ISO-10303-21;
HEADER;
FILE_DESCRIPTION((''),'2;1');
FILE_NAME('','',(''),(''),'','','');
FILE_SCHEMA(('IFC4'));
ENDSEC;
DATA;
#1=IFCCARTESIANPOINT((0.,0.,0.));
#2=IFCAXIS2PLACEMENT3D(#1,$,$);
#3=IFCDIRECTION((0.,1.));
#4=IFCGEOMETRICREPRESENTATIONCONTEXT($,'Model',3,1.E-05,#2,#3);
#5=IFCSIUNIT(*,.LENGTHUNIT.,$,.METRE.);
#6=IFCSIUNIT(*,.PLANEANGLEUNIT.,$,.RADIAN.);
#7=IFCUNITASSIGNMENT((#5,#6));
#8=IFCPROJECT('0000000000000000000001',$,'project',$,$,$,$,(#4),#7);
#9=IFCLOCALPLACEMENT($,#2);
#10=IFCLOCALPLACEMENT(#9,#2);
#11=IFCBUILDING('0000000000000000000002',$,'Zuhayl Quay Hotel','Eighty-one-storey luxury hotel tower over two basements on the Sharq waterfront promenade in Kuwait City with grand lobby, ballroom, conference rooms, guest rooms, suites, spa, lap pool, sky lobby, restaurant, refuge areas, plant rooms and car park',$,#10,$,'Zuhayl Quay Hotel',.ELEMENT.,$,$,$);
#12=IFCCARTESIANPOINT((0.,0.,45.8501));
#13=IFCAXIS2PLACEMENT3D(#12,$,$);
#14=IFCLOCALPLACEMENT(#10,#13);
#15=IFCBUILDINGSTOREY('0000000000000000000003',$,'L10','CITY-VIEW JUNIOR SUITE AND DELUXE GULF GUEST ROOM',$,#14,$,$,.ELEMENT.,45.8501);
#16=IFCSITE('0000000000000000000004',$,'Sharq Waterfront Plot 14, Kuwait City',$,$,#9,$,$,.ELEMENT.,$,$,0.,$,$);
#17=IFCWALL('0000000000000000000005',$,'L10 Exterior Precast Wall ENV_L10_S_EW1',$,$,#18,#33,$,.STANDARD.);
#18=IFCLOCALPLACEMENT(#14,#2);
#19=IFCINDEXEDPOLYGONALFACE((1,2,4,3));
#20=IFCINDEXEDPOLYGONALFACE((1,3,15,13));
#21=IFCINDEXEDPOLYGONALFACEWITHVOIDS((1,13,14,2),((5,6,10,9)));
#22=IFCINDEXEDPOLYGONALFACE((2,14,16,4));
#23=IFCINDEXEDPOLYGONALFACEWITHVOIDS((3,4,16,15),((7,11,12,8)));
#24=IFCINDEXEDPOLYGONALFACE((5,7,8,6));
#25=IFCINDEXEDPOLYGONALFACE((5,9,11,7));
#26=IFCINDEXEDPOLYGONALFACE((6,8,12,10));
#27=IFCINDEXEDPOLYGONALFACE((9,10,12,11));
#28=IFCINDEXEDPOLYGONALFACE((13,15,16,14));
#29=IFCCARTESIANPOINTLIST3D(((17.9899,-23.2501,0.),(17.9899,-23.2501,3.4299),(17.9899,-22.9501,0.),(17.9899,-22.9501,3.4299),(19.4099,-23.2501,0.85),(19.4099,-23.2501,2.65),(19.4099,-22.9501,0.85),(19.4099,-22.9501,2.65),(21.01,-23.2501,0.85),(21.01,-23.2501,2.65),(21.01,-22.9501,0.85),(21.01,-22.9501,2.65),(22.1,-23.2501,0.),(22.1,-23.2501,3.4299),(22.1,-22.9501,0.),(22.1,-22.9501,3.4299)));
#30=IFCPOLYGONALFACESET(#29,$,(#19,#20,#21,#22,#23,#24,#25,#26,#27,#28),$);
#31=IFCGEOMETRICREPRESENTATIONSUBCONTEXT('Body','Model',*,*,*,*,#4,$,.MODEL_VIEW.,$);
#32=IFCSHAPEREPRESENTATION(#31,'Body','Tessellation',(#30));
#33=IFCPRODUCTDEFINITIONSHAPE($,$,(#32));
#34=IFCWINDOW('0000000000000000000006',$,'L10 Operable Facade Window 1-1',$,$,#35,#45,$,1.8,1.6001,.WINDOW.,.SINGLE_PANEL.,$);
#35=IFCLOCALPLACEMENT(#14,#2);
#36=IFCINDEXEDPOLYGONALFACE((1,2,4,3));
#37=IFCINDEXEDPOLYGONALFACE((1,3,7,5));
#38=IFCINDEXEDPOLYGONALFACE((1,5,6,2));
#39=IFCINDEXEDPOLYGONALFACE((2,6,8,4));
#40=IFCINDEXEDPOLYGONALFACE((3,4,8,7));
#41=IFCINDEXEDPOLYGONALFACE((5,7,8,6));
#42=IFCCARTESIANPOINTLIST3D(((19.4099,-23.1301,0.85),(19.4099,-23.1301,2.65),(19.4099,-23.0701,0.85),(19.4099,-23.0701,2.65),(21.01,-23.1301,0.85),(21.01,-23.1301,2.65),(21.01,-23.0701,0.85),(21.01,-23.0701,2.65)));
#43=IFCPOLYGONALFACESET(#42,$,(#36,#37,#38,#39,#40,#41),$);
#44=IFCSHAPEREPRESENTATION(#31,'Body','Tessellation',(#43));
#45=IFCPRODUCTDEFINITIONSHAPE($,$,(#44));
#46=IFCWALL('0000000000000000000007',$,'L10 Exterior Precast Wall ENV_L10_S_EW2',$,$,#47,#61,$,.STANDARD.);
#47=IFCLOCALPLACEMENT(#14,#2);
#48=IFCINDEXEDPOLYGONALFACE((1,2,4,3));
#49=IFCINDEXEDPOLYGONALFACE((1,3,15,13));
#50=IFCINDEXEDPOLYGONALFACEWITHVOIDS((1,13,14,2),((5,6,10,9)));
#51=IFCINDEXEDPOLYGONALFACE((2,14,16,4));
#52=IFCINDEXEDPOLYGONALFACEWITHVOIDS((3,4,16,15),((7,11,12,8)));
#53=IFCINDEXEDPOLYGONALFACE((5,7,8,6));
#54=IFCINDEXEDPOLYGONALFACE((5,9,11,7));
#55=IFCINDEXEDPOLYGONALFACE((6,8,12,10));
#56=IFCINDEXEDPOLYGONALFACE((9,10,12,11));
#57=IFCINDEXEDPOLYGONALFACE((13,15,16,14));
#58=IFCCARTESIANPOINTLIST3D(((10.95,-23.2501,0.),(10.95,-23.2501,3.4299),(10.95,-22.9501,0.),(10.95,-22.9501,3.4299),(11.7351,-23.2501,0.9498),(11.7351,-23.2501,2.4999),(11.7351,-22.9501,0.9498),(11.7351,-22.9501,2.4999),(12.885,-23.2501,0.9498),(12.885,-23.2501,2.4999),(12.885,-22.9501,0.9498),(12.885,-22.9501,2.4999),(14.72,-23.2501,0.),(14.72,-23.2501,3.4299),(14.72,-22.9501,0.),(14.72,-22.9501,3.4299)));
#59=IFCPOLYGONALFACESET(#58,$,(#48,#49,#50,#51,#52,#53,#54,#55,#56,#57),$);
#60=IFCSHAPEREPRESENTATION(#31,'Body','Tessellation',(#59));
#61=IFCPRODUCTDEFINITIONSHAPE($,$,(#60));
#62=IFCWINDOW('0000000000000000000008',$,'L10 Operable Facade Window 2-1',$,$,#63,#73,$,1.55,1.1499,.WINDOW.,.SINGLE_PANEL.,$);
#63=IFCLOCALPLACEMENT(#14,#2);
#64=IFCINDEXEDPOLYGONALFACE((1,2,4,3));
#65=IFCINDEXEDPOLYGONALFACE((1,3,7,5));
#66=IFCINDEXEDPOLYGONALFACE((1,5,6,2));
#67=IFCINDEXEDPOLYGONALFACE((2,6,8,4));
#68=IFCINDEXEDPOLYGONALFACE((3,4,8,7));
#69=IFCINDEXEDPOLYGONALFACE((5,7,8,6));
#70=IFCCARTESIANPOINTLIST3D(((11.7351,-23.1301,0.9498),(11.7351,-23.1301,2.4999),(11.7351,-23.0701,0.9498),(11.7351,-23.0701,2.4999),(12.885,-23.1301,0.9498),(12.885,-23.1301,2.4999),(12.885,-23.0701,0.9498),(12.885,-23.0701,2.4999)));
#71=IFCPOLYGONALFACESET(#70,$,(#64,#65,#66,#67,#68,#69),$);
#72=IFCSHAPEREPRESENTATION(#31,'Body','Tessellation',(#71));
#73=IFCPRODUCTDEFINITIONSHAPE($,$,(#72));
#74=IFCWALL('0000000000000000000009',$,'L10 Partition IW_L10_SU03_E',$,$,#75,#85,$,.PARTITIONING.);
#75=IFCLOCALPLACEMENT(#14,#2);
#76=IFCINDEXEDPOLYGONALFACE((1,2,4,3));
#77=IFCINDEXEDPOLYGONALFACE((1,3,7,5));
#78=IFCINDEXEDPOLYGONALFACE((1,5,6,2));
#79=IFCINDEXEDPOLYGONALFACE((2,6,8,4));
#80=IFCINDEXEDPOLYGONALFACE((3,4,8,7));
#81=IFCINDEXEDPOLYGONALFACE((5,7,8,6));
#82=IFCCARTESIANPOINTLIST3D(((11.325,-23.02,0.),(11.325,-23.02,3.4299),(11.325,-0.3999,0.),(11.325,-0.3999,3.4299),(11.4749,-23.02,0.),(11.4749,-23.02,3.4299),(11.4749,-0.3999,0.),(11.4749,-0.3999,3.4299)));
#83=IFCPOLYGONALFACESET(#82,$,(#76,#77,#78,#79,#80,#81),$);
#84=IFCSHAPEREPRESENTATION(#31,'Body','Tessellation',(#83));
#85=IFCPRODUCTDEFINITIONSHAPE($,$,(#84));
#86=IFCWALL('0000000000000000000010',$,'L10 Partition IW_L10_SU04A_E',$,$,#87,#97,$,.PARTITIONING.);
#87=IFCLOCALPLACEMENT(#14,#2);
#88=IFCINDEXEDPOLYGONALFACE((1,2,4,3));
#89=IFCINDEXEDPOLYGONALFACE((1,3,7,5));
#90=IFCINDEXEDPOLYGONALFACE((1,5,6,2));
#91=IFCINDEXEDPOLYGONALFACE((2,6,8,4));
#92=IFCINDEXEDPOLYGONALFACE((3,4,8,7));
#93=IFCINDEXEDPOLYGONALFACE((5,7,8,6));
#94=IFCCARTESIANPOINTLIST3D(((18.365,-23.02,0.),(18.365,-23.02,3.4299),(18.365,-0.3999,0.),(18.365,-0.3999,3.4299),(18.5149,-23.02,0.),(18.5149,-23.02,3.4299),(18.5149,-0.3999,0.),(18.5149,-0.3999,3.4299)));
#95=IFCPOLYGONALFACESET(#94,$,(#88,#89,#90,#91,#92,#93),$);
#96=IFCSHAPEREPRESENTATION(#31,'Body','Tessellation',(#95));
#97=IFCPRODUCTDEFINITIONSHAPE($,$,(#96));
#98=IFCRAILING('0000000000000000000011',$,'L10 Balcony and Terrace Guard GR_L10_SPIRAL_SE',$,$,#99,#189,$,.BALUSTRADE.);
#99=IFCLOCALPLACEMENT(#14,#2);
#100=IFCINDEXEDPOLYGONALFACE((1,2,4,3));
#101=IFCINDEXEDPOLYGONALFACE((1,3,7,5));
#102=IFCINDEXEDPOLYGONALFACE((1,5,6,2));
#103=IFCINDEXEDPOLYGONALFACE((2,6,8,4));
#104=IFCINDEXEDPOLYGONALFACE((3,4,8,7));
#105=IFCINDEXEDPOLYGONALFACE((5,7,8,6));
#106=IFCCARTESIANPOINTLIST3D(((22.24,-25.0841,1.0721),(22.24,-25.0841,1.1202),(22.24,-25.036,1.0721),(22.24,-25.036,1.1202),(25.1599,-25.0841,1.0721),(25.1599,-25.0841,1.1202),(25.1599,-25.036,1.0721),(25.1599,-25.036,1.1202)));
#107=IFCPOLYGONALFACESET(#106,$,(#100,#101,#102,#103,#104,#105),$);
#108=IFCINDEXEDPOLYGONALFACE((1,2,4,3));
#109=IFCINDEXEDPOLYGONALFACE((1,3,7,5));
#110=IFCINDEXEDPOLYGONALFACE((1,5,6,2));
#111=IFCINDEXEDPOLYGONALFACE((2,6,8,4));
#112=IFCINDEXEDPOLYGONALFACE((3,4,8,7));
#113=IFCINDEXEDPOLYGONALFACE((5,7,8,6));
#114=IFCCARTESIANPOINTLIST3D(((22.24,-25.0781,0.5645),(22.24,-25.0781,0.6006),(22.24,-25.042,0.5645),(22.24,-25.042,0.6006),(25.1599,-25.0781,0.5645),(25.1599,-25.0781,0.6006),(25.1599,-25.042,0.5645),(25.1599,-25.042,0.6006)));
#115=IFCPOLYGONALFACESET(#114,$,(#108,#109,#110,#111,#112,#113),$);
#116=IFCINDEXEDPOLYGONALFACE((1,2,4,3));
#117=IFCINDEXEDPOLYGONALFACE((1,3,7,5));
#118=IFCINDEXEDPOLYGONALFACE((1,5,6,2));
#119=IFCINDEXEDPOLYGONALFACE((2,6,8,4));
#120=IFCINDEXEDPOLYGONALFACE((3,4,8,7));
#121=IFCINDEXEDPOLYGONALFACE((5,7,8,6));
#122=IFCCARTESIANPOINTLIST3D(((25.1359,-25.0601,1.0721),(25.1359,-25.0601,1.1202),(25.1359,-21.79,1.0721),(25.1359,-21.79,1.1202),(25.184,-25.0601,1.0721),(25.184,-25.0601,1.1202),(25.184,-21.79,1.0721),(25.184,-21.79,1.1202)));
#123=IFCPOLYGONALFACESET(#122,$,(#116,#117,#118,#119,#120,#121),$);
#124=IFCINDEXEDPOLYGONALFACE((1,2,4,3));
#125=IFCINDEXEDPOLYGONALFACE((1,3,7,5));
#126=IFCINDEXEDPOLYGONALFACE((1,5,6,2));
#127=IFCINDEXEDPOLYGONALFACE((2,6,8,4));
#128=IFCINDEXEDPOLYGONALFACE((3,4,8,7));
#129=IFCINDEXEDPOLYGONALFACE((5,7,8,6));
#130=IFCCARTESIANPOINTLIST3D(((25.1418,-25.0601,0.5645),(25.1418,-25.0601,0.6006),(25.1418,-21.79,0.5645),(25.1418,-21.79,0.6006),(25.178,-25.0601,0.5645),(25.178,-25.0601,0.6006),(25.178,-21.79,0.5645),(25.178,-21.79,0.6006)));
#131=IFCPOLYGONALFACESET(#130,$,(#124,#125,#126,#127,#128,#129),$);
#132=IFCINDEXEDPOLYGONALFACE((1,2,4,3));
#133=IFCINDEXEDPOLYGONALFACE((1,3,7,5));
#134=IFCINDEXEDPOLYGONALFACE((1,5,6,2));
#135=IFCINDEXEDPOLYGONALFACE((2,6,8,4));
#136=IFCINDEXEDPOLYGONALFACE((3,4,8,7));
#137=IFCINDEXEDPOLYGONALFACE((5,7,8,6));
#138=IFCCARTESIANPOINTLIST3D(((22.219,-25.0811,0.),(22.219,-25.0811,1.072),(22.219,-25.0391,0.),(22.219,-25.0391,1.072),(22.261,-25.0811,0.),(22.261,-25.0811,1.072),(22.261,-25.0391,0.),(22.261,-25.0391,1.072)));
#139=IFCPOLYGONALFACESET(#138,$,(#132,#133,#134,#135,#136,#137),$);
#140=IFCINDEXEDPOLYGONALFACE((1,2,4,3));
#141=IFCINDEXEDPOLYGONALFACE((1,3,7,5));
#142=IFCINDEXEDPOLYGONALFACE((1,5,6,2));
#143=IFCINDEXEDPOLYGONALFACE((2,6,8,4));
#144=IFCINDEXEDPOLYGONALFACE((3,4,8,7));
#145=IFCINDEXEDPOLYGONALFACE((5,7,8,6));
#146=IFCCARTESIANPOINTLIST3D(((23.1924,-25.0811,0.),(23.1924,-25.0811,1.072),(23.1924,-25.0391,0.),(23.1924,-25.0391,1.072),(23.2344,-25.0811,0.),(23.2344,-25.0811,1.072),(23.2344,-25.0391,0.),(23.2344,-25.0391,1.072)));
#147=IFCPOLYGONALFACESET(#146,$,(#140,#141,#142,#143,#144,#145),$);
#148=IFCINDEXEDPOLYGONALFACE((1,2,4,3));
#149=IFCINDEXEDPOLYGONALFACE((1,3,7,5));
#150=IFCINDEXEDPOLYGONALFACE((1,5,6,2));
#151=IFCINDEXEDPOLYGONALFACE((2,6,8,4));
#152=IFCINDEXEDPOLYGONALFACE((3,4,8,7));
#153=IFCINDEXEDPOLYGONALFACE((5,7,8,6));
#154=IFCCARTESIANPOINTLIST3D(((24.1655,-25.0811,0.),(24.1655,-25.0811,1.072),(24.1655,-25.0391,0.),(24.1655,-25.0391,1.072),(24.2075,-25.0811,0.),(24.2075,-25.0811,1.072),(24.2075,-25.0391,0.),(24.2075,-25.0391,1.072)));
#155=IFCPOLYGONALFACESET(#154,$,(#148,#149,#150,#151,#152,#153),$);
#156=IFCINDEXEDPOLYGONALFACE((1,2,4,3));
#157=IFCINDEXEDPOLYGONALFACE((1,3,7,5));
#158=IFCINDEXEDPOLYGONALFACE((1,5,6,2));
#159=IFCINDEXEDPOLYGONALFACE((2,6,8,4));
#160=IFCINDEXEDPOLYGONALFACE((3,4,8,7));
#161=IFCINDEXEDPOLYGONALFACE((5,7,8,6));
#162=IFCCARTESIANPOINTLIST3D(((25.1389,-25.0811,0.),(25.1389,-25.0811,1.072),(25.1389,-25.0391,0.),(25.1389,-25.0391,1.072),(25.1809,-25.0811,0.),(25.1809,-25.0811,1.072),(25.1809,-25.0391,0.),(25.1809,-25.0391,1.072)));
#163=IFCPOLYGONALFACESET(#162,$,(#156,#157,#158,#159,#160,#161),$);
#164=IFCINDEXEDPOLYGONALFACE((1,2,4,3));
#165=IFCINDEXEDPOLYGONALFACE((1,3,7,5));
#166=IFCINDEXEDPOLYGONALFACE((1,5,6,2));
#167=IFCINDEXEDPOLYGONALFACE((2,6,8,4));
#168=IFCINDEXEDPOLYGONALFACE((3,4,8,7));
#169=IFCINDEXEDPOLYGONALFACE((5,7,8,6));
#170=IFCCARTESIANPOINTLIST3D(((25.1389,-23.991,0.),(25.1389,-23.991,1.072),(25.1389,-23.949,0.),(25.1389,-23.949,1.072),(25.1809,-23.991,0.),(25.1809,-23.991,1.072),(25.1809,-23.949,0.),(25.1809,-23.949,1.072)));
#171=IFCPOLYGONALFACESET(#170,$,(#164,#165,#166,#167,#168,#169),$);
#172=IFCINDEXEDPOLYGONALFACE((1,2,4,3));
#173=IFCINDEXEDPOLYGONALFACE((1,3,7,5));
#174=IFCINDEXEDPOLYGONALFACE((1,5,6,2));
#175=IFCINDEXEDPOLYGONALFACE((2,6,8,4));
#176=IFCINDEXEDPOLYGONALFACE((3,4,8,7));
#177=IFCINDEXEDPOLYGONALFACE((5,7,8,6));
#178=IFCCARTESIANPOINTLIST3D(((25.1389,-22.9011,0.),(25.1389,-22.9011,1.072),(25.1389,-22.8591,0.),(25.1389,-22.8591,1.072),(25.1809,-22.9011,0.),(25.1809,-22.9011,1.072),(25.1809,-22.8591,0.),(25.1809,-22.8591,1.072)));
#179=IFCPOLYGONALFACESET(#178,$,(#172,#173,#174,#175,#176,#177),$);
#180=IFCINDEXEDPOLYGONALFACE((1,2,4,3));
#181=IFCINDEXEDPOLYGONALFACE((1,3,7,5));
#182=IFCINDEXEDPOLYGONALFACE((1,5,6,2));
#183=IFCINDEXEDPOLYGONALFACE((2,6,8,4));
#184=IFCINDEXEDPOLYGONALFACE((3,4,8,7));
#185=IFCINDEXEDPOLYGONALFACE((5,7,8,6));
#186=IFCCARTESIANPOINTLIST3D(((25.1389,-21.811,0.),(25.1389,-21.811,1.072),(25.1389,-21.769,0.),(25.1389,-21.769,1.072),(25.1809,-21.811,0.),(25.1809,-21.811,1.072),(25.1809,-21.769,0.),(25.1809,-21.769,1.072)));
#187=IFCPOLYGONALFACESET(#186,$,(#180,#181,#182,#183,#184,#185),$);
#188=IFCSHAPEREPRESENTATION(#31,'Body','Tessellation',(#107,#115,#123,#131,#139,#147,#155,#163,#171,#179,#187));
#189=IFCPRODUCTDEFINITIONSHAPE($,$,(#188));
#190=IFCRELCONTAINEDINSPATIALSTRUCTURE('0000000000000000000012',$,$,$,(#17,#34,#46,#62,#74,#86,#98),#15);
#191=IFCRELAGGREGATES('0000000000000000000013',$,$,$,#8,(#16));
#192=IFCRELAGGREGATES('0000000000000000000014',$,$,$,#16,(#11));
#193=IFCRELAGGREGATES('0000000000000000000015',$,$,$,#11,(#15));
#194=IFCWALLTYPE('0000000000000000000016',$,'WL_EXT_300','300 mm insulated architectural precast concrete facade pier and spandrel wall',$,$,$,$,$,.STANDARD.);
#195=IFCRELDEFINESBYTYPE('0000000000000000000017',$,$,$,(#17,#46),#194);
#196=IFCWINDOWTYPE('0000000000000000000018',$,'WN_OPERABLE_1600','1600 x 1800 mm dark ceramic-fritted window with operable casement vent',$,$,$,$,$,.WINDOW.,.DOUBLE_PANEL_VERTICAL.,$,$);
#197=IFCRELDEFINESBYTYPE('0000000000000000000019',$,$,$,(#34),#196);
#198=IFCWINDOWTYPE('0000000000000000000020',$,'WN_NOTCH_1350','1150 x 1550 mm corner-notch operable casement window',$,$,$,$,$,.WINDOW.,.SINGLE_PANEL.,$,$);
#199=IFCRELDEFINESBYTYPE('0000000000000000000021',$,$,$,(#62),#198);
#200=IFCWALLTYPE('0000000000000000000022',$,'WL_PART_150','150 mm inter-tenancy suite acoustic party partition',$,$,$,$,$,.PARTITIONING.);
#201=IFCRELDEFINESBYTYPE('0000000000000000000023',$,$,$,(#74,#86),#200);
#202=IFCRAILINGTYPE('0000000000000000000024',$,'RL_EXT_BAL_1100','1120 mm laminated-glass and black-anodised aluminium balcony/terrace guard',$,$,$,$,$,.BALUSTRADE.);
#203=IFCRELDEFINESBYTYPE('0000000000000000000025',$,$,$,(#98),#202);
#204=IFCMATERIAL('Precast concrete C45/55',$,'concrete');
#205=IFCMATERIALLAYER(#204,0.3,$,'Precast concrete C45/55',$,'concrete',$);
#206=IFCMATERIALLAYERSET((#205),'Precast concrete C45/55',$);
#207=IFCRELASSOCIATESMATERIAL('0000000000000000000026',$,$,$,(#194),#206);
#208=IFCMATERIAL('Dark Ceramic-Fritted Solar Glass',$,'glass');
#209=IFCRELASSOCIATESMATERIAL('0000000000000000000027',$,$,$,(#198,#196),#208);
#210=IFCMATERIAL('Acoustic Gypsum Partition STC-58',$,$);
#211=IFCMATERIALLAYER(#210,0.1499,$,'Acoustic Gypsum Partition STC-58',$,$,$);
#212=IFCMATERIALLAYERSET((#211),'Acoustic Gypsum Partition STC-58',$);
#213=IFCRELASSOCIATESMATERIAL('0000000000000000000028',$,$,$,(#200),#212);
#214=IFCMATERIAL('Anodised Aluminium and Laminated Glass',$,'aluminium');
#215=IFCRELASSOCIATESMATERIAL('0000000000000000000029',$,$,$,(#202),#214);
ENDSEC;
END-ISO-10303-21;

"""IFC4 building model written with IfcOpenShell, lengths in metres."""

from ifc_helpers import new_model, si_unit, direction, frame, frame_2d, origin, origin_2d, place, context, subcontext, project, spatial, rectangle, extrude, material, layer, layer_set, type_object, element, fill, save


model = new_model("IFC4")

# Units and contexts
model_context = context("Model", 3, precision=1e-05, world=origin(), true_north=direction((0.0, 1.0)))
body_context = subcontext(model_context, "Body", "Model", "MODEL_VIEW")
ifc_project = project(units=[si_unit("LENGTHUNIT", "METRE"), si_unit("PLANEANGLEUNIT", "RADIAN")], contexts=[model_context])

# Site, building, storey
site_placement = place(None, origin())
site = spatial("IfcSite", under=ifc_project, at=site_placement, Name="Sharq Waterfront Plot 14, Kuwait City", CompositionType="ELEMENT", RefElevation=0.0)
building_placement = place(site_placement, origin())
building = spatial("IfcBuilding", under=site, at=building_placement, Name="Zuhayl Quay Hotel", Description="Eighty-one-storey luxury hotel tower over two basements on the Sharq waterfront promenade in Kuwait City with grand lobby, ballroom, conference rooms, guest rooms, suites, spa, lap pool, sky lobby, restaurant, refuge areas, plant rooms and car park", LongName="Zuhayl Quay Hotel", CompositionType="ELEMENT")
storey_placement = place(building_placement, frame((0.0, 0.0, 45.8501)))
storey = spatial("IfcBuildingStorey", under=building, at=storey_placement, Name="L10", Description="CITY-VIEW JUNIOR SUITE AND DELUXE GULF GUEST ROOM", CompositionType="ELEMENT", Elevation=45.8501)

# Shared definitions
ifc_material_1 = material(Name="Dark Ceramic-Fritted Solar Glass", Category="glass")

# Shared definitions
ifc_material_2 = material(Name="Precast concrete C45/55", Category="concrete")
ifc_layer_1 = layer(ifc_material_2, 0.3, Name="Precast concrete C45/55", Category="concrete")
ifc_layer_set_1 = layer_set([ifc_layer_1], Name="Precast concrete C45/55")
wall_type_1 = type_object("IfcWallType", Name="WL_EXT_300", Description="300 mm insulated architectural precast concrete facade pier and spandrel wall", PredefinedType="STANDARD", material=ifc_layer_set_1)

# Shared definitions
window_type_1 = type_object("IfcWindowType", Name="WN_NOTCH_1350", Description="1150 x 1550 mm corner-notch operable casement window", PartitioningType="SINGLE_PANEL", PredefinedType="WINDOW", material=ifc_material_1)

# Walls, openings, windows
wall_1_placement = place(storey_placement, frame((22.1001, -23.1001, 0.0), z_axis=(0.0, 0.0, 1.0), x_axis=(-1.0, 0.0, 0.0)))
wall_1 = element("IfcWall", 1, at=wall_1_placement, inside=storey, type_object=wall_type_1, Name="L10 Exterior Precast Wall ENV_L10_S_EW1", PredefinedType="STANDARD", context=body_context, shape_type="SweptSolid", body=[
    extrude(rectangle(XDim=4.1101, YDim=0.3, at=frame_2d((2.0552, 0.0))), origin(), (0.0, 0.0, 1.0), 3.4299),
])
opening_1_placement = place(wall_1_placement, frame((1.0901, 0.0, 0.8501)))
opening_1 = element("IfcOpeningElement", 2, at=opening_1_placement, cuts=wall_1, PredefinedType="OPENING", context=body_context, shape_type="SweptSolid", body=[
    extrude(rectangle(XDim=1.6001, YDim=1.8, at=frame_2d((0.8, 0.8999))), frame((0.0, 0.1599, 0.0), z_axis=(0.0, -1.0, 0.0), x_axis=(1.0, 0.0, 0.0)), (0.0, 0.0, 1.0), 0.3201),
])
window_type_2 = type_object("IfcWindowType", Name="WN_OPERABLE_1600", Description="1600 x 1800 mm dark ceramic-fritted window with operable casement vent", PartitioningType="DOUBLE_PANEL_VERTICAL", PredefinedType="WINDOW", material=ifc_material_1)
window_1_placement = place(opening_1_placement, origin())
window_1 = element("IfcWindow", 3, at=window_1_placement, inside=storey, type_object=window_type_2, Name="L10 Operable Facade Window 1-1", OverallHeight=1.8, OverallWidth=1.6001, PartitioningType="SINGLE_PANEL", PredefinedType="WINDOW", context=body_context, shape_type="SweptSolid", body=[
    extrude(rectangle(XDim=1.6001, YDim=1.8, at=frame_2d((0.8, 0.8999))), frame((0.0, 0.03, 0.0), z_axis=(0.0, -1.0, 0.0), x_axis=(1.0, 0.0, 0.0)), (0.0, 0.0, 1.0), 0.0601),
])
fill(opening_1, window_1)
wall_2_placement = place(storey_placement, frame((14.72, -23.1001, 0.0), z_axis=(0.0, 0.0, 1.0), x_axis=(-1.0, 0.0, 0.0)))
wall_2 = element("IfcWall", 4, at=wall_2_placement, inside=storey, type_object=wall_type_1, Name="L10 Exterior Precast Wall ENV_L10_S_EW2", PredefinedType="STANDARD", context=body_context, shape_type="SweptSolid", body=[
    extrude(rectangle(XDim=3.77, YDim=0.3, at=frame_2d((1.885, 0.0))), origin(), (0.0, 0.0, 1.0), 3.4299),
])
opening_2_placement = place(wall_2_placement, frame((1.835, 0.0, 0.95)))
opening_2 = element("IfcOpeningElement", 5, at=opening_2_placement, cuts=wall_2, PredefinedType="OPENING", context=body_context, shape_type="SweptSolid", body=[
    extrude(rectangle(XDim=1.1499, YDim=1.55, at=frame_2d((0.575, 0.7749))), frame((0.0, 0.1599, 0.0), z_axis=(0.0, -1.0, 0.0), x_axis=(1.0, 0.0, 0.0)), (0.0, 0.0, 1.0), 0.3201),
])
window_2_placement = place(opening_2_placement, origin())
window_2 = element("IfcWindow", 6, at=window_2_placement, inside=storey, type_object=window_type_1, Name="L10 Operable Facade Window 2-1", OverallHeight=1.55, OverallWidth=1.1499, PartitioningType="SINGLE_PANEL", PredefinedType="WINDOW", context=body_context, shape_type="SweptSolid", body=[
    extrude(rectangle(XDim=1.1499, YDim=1.55, at=frame_2d((0.575, 0.7749))), frame((0.0, 0.03, 0.0), z_axis=(0.0, -1.0, 0.0), x_axis=(1.0, 0.0, 0.0)), (0.0, 0.0, 1.0), 0.0601),
])
fill(opening_2, window_2)

# Walls
ifc_material_3 = material(Name="Acoustic Gypsum Partition STC-58")
ifc_layer_2 = layer(ifc_material_3, 0.1499, Name="Acoustic Gypsum Partition STC-58")
ifc_layer_set_2 = layer_set([ifc_layer_2], Name="Acoustic Gypsum Partition STC-58")
wall_type_2 = type_object("IfcWallType", Name="WL_PART_150", Description="150 mm inter-tenancy suite acoustic party partition", PredefinedType="PARTITIONING", material=ifc_layer_set_2)
for number, where, z_axis, x_axis, name in (
    (7, (11.3999, -23.02, 0.0), (0.0, 0.0, 1.0), (0.0, 1.0, 0.0), "L10 Partition IW_L10_SU03_E"),
    (8, (18.4399, -23.02, 0.0), (0.0, 0.0, 1.0), (0.0, 1.0, 0.0), "L10 Partition IW_L10_SU04A_E"),
):
    element("IfcWall", number, at=place(storey_placement, frame(where, z_axis=z_axis, x_axis=x_axis)), inside=storey, type_object=wall_type_2, Name=name, PredefinedType="PARTITIONING", context=body_context, shape_type="SweptSolid", body=[
        extrude(rectangle(XDim=22.6201, YDim=0.1499, at=frame_2d((11.3101, 0.0))), origin(), (0.0, 0.0, 1.0), 3.4299),
    ])

# Railing
ifc_material_4 = material(Name="Anodised Aluminium and Laminated Glass", Category="aluminium")
railing_type = type_object("IfcRailingType", Name="RL_EXT_BAL_1100", Description="1120 mm laminated-glass and black-anodised aluminium balcony/terrace guard", PredefinedType="BALUSTRADE", material=ifc_material_4)
railing_placement = place(storey_placement, frame((22.24, -25.0601, 0.0)))
element("IfcRailing", 9, at=railing_placement, inside=storey, type_object=railing_type, Name="L10 Balcony and Terrace Guard GR_L10_SPIRAL_SE", PredefinedType="BALUSTRADE", context=body_context, shape_type="SweptSolid", body=[
    extrude(rectangle(XDim=0.0481, YDim=0.0481, at=origin_2d()), frame((0.0, 0.0, 1.0962), z_axis=(1.0, 0.0, 0.0), x_axis=(0.0, 1.0, 0.0)), (0.0, 0.0, 1.0), 2.9199),
    extrude(rectangle(XDim=0.0361, YDim=0.0361, at=origin_2d()), frame((0.0, 0.0, 0.5825), z_axis=(1.0, 0.0, 0.0), x_axis=(0.0, 1.0, 0.0)), (0.0, 0.0, 1.0), 2.9199),
    extrude(rectangle(XDim=0.0481, YDim=0.0481, at=origin_2d()), frame((2.9199, 0.0, 1.0962), z_axis=(0.0, 1.0, 0.0), x_axis=(-1.0, 0.0, 0.0)), (0.0, 0.0, 1.0), 3.27),
    extrude(rectangle(XDim=0.0361, YDim=0.0361, at=origin_2d()), frame((2.9199, 0.0, 0.5825), z_axis=(0.0, 1.0, 0.0), x_axis=(-1.0, 0.0, 0.0)), (0.0, 0.0, 1.0), 3.27),
    extrude(rectangle(XDim=0.042, YDim=0.042, at=origin_2d()), origin(), (0.0, 0.0, 1.0), 1.072),
    extrude(rectangle(XDim=0.042, YDim=0.042, at=origin_2d()), frame((0.9734, 0.0, 0.0)), (0.0, 0.0, 1.0), 1.072),
    extrude(rectangle(XDim=0.042, YDim=0.042, at=origin_2d()), frame((1.9465, 0.0, 0.0)), (0.0, 0.0, 1.0), 1.072),
    extrude(rectangle(XDim=0.042, YDim=0.042, at=origin_2d()), frame((2.9199, 0.0, 0.0)), (0.0, 0.0, 1.0), 1.072),
    extrude(rectangle(XDim=0.042, YDim=0.042, at=origin_2d()), frame((2.9199, 1.0901, 0.0)), (0.0, 0.0, 1.0), 1.072),
    extrude(rectangle(XDim=0.042, YDim=0.042, at=origin_2d()), frame((2.9199, 2.1799, 0.0)), (0.0, 0.0, 1.0), 1.072),
    extrude(rectangle(XDim=0.042, YDim=0.042, at=origin_2d()), frame((2.9199, 3.27, 0.0)), (0.0, 0.0, 1.0), 1.072),
])

save(model, "model.ifc")
